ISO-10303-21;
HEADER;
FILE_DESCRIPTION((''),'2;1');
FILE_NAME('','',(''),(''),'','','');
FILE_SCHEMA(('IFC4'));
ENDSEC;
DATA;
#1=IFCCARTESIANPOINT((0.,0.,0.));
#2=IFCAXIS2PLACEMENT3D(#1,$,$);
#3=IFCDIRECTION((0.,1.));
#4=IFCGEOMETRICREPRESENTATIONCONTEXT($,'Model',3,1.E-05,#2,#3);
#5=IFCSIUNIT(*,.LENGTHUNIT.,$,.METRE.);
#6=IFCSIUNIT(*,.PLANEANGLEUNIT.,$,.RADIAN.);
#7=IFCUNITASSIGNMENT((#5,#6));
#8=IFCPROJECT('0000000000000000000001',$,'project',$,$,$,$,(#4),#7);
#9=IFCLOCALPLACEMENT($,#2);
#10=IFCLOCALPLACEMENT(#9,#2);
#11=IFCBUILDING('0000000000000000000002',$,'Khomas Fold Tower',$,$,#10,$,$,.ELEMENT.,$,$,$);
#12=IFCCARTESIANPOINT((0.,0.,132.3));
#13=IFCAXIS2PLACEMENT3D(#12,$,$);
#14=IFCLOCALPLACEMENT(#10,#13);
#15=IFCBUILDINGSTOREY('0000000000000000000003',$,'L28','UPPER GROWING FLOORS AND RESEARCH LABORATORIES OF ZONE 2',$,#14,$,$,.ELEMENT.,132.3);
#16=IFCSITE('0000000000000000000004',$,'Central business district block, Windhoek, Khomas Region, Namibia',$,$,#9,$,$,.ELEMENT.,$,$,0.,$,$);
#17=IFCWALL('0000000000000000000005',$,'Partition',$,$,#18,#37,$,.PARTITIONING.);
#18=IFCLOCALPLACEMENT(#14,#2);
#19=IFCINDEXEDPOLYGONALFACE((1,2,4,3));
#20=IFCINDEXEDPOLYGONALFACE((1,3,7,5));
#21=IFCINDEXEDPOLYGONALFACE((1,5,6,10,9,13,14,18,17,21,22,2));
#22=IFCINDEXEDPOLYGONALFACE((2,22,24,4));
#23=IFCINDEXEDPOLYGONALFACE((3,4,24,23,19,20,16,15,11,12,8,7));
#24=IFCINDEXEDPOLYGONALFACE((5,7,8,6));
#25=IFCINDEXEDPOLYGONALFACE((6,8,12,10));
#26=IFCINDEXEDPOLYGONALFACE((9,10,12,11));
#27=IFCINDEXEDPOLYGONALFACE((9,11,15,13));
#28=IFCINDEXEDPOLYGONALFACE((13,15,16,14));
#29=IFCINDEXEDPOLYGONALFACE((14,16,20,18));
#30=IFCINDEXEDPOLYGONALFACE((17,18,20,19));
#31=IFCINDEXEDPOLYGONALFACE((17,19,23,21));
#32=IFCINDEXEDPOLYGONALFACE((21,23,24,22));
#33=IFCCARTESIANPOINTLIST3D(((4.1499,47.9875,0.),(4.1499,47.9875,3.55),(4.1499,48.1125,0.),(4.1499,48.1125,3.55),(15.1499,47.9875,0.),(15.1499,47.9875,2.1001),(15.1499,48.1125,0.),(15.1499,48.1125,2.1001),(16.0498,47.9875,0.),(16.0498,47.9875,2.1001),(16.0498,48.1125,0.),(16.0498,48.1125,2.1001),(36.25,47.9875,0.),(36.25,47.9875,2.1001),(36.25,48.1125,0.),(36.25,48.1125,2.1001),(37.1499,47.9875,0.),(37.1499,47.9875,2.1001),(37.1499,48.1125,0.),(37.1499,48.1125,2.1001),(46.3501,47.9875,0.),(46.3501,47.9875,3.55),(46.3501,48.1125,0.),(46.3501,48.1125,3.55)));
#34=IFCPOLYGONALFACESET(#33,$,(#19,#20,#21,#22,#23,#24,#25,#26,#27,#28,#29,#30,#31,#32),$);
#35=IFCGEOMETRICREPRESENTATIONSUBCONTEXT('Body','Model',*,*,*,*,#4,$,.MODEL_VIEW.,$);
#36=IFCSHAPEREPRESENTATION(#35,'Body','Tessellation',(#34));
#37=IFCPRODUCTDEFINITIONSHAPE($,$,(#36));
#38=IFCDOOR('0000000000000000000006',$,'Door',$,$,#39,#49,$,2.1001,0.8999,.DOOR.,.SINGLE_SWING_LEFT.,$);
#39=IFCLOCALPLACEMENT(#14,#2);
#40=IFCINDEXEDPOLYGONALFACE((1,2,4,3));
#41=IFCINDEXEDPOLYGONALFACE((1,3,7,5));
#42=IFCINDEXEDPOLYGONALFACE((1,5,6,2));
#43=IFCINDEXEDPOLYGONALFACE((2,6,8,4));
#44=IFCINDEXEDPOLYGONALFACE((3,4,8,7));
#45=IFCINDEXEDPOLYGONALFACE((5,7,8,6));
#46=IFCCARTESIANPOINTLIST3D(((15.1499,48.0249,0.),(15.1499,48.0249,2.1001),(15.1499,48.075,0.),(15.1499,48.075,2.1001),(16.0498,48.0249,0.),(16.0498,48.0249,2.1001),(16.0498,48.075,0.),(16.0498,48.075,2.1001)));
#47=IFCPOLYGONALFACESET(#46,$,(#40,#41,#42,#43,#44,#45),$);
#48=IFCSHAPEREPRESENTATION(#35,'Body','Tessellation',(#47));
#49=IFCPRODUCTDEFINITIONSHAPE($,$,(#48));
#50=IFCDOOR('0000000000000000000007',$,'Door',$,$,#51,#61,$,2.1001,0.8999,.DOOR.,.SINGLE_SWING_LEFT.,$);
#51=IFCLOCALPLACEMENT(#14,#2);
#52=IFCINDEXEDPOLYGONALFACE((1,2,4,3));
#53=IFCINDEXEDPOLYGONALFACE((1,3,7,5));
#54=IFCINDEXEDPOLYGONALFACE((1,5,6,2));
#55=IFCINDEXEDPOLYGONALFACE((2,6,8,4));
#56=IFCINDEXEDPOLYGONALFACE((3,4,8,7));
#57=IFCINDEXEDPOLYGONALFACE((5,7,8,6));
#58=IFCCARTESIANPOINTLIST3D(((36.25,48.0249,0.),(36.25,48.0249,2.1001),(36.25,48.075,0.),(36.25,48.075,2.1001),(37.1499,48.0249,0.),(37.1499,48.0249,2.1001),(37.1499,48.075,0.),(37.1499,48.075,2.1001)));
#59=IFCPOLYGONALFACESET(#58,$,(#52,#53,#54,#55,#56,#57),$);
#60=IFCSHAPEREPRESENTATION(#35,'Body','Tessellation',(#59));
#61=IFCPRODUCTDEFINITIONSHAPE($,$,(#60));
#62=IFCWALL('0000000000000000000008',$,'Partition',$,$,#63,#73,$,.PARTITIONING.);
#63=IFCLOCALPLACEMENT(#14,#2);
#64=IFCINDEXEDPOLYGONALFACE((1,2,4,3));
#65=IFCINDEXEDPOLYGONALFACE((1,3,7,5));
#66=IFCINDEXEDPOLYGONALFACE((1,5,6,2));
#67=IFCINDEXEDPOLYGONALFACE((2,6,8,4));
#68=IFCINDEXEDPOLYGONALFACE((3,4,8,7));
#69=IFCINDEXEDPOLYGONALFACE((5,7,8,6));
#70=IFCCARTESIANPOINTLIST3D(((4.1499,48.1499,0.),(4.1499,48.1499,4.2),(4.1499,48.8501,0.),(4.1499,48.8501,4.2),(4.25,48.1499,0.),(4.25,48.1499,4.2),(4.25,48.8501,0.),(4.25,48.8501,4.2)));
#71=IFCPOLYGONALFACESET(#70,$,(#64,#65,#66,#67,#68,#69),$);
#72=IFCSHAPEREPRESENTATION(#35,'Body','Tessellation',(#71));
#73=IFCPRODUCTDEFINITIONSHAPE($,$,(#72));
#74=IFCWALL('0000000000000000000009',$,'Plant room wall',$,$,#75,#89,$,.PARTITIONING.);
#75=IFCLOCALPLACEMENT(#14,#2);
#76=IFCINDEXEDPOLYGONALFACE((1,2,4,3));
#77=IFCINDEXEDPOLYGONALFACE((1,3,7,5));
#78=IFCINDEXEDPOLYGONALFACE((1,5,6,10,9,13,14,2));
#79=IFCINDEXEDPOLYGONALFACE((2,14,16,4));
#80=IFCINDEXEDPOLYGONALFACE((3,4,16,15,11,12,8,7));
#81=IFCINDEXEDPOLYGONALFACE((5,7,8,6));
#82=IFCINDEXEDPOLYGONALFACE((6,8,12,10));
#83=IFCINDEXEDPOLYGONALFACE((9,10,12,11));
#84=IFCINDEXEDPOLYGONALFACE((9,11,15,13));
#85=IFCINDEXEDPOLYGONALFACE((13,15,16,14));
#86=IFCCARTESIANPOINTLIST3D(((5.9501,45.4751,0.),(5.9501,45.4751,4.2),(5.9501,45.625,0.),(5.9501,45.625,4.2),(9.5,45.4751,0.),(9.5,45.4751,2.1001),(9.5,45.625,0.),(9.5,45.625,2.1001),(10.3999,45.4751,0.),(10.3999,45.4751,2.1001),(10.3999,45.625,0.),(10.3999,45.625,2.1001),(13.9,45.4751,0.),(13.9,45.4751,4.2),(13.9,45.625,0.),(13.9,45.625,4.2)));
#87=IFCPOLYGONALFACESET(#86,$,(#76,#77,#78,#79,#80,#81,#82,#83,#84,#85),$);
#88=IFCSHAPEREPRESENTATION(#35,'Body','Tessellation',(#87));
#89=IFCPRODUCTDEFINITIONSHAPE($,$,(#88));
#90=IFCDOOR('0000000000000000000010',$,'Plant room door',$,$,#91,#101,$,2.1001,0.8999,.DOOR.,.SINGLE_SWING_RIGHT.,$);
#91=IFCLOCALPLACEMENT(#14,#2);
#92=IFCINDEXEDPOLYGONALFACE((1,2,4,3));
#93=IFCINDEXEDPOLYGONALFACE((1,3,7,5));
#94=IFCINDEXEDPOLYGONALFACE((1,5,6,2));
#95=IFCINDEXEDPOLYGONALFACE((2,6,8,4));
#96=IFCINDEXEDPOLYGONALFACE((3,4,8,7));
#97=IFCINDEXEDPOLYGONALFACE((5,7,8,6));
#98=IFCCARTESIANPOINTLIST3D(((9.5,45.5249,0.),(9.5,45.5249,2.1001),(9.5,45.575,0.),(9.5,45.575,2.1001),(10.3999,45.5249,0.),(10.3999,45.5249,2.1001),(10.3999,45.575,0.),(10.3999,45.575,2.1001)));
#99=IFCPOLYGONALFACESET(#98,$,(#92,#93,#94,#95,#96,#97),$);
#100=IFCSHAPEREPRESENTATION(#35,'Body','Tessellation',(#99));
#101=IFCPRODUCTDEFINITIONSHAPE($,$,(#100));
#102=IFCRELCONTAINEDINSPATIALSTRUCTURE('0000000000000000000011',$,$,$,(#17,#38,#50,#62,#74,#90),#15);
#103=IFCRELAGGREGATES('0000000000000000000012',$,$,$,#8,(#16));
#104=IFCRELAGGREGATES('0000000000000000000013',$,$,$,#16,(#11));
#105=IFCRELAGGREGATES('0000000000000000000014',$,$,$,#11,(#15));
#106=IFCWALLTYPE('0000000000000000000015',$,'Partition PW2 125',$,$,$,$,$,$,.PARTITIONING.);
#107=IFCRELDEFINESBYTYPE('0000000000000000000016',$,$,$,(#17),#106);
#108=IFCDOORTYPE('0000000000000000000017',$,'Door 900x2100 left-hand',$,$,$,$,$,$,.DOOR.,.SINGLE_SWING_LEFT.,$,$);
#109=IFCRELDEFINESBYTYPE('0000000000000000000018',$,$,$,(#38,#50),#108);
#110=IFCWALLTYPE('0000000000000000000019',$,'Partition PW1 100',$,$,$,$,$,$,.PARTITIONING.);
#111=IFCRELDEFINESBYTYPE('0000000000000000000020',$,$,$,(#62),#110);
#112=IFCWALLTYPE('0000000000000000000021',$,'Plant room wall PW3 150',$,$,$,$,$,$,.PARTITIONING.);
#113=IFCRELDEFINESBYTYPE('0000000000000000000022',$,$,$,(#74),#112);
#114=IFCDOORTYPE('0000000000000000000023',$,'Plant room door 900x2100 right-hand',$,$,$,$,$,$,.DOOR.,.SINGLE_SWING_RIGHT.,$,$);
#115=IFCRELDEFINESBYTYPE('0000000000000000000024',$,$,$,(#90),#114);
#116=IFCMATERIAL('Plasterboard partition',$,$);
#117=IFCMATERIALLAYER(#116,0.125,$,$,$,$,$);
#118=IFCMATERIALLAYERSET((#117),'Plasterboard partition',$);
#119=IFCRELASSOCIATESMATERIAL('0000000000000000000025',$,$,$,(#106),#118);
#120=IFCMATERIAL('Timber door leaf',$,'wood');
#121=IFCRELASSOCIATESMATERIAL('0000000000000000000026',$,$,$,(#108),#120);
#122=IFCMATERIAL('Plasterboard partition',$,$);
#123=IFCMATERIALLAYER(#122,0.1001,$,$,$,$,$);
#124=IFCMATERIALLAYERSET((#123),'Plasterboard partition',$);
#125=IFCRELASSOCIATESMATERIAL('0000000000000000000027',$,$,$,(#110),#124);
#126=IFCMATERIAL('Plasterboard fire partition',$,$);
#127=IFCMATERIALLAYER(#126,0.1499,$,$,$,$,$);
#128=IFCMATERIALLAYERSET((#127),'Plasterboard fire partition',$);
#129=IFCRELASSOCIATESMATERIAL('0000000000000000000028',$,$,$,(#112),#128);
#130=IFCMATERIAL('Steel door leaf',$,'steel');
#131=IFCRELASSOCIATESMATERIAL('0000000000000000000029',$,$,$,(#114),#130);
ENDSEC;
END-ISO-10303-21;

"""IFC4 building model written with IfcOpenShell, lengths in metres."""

from ifc_helpers import new_model, si_unit, direction, frame, frame_2d, origin, place, context, subcontext, project, spatial, rectangle, extrude, source, transform, mapped, material, layer, layer_set, type_object, element, fill, save


model = new_model("IFC4")

# Units and contexts
model_context = context("Model", 3, precision=1e-05, world=origin(), true_north=direction((0.0, 1.0)))
body_context = subcontext(model_context, "Body", "Model", "MODEL_VIEW")
ifc_project = project(units=[si_unit("LENGTHUNIT", "METRE"), si_unit("PLANEANGLEUNIT", "RADIAN")], contexts=[model_context])

# Site, building, storey
site_placement = place(None, origin())
site = spatial("IfcSite", under=ifc_project, at=site_placement, Name="Central business district block, Windhoek, Khomas Region, Namibia", CompositionType="ELEMENT", RefElevation=0.0)
building_placement = place(site_placement, origin())
building = spatial("IfcBuilding", under=site, at=building_placement, Name="Khomas Fold Tower", CompositionType="ELEMENT")
storey_placement = place(building_placement, frame((0.0, 0.0, 132.3)))
storey = spatial("IfcBuildingStorey", under=building, at=storey_placement, Name="L28", Description="UPPER GROWING FLOORS AND RESEARCH LABORATORIES OF ZONE 2", CompositionType="ELEMENT", Elevation=132.3)

# Wall, openings, doors
ifc_material_1 = material(Name="Plasterboard partition")
ifc_layer_1 = layer(ifc_material_1, 0.125)
ifc_layer_set_1 = layer_set([ifc_layer_1], Name="Plasterboard partition")
wall_type_1 = type_object("IfcWallType", Name="Partition PW2 125", PredefinedType="PARTITIONING", material=ifc_layer_set_1)
shared_shape_1 = source(origin(), body_context, "Body", "SweptSolid", [
    extrude(rectangle(XDim=42.2002, YDim=0.125, at=frame_2d((21.1001, 0.0))), origin(), (0.0, 0.0, 1.0), 3.55),
])
wall_1_placement = place(storey_placement, frame((4.1499, 48.05, 0.0), z_axis=(0.0, 0.0, 1.0), x_axis=(1.0, 0.0, 0.0)))
wall_1 = element("IfcWall", 1, at=wall_1_placement, inside=storey, type_object=wall_type_1, Name="Partition", PredefinedType="PARTITIONING", context=body_context, shape_type="MappedRepresentation", body=[
    mapped(shared_shape_1, transform((0.0, 0.0, 0.0))),
])
shared_shape_2 = source(origin(), body_context, "Body", "SweptSolid", [
    extrude(rectangle(XDim=0.8999, YDim=2.1001, at=frame_2d((0.45, 1.05))), frame((0.0, 0.0725, 0.0), z_axis=(0.0, -1.0, 0.0), x_axis=(1.0, 0.0, 0.0)), (0.0, 0.0, 1.0), 0.145),
])
opening_1_placement = place(wall_1_placement, frame((11.0, 0.0, 0.0)))
opening_1 = element("IfcOpeningElement", 2, at=opening_1_placement, cuts=wall_1, PredefinedType="OPENING", context=body_context, shape_type="MappedRepresentation", body=[
    mapped(shared_shape_2, transform((0.0, 0.0, 0.0))),
])
opening_2_placement = place(wall_1_placement, frame((32.1001, 0.0, 0.0)))
opening_2 = element("IfcOpeningElement", 3, at=opening_2_placement, cuts=wall_1, PredefinedType="OPENING", context=body_context, shape_type="MappedRepresentation", body=[
    mapped(shared_shape_2, transform((0.0, 0.0, 0.0))),
])
ifc_material_2 = material(Name="Timber door leaf", Category="wood")
door_type_1 = type_object("IfcDoorType", Name="Door 900x2100 left-hand", OperationType="SINGLE_SWING_LEFT", PredefinedType="DOOR", material=ifc_material_2)
shared_shape_3 = source(origin(), body_context, "Body", "SweptSolid", [
    extrude(rectangle(XDim=0.8999, YDim=2.1001, at=frame_2d((0.45, 1.05))), frame((0.0, 0.0249, 0.0), z_axis=(0.0, -1.0, 0.0), x_axis=(1.0, 0.0, 0.0)), (0.0, 0.0, 1.0), 0.05),
])
door_1_placement = place(opening_1_placement, origin())
door_1 = element("IfcDoor", 4, at=door_1_placement, inside=storey, type_object=door_type_1, Name="Door", OperationType="SINGLE_SWING_LEFT", OverallHeight=2.1001, OverallWidth=0.8999, PredefinedType="DOOR", context=body_context, shape_type="MappedRepresentation", body=[
    mapped(shared_shape_3, transform((0.0, 0.0, 0.0))),
])
fill(opening_1, door_1)
door_2_placement = place(opening_2_placement, origin())
door_2 = element("IfcDoor", 5, at=door_2_placement, inside=storey, type_object=door_type_1, Name="Door", OperationType="SINGLE_SWING_LEFT", OverallHeight=2.1001, OverallWidth=0.8999, PredefinedType="DOOR", context=body_context, shape_type="MappedRepresentation", body=[
    mapped(shared_shape_3, transform((0.0, 0.0, 0.0))),
])
fill(opening_2, door_2)

# Wall
ifc_material_3 = material(Name="Plasterboard partition")
ifc_layer_2 = layer(ifc_material_3, 0.1001)
ifc_layer_set_2 = layer_set([ifc_layer_2], Name="Plasterboard partition")
wall_type_2 = type_object("IfcWallType", Name="Partition PW1 100", PredefinedType="PARTITIONING", material=ifc_layer_set_2)
shared_shape_4 = source(origin(), body_context, "Body", "SweptSolid", [
    extrude(rectangle(XDim=0.7002, YDim=0.1001, at=frame_2d((0.3501, 0.0))), origin(), (0.0, 0.0, 1.0), 4.2),
])
wall_2_placement = place(storey_placement, frame((4.2, 48.1499, 0.0), z_axis=(0.0, 0.0, 1.0), x_axis=(0.0, 1.0, 0.0)))
element("IfcWall", 6, at=wall_2_placement, inside=storey, type_object=wall_type_2, Name="Partition", PredefinedType="PARTITIONING", context=body_context, shape_type="MappedRepresentation", body=[
    mapped(shared_shape_4, transform((0.0, 0.0, 0.0))),
])

# Wall, opening, door
ifc_material_4 = material(Name="Plasterboard fire partition")
ifc_layer_3 = layer(ifc_material_4, 0.1499)
ifc_layer_set_3 = layer_set([ifc_layer_3], Name="Plasterboard fire partition")
wall_type_3 = type_object("IfcWallType", Name="Plant room wall PW3 150", PredefinedType="PARTITIONING", material=ifc_layer_set_3)
shared_shape_5 = source(origin(), body_context, "Body", "SweptSolid", [
    extrude(rectangle(XDim=7.95, YDim=0.1499, at=frame_2d((3.9751, 0.0))), origin(), (0.0, 0.0, 1.0), 4.2),
])
wall_3_placement = place(storey_placement, frame((5.95, 45.55, 0.0), z_axis=(0.0, 0.0, 1.0), x_axis=(1.0, 0.0, 0.0)))
wall_3 = element("IfcWall", 7, at=wall_3_placement, inside=storey, type_object=wall_type_3, Name="Plant room wall", PredefinedType="PARTITIONING", context=body_context, shape_type="MappedRepresentation", body=[
    mapped(shared_shape_5, transform((0.0, 0.0, 0.0))),
])
shared_shape_6 = source(origin(), body_context, "Body", "SweptSolid", [
    extrude(rectangle(XDim=0.8999, YDim=2.1001, at=frame_2d((0.45, 1.05))), frame((0.0, 0.085, 0.0), z_axis=(0.0, -1.0, 0.0), x_axis=(1.0, 0.0, 0.0)), (0.0, 0.0, 1.0), 0.1699),
])
opening_3_placement = place(wall_3_placement, frame((3.55, 0.0, 0.0)))
opening_3 = element("IfcOpeningElement", 8, at=opening_3_placement, cuts=wall_3, PredefinedType="OPENING", context=body_context, shape_type="MappedRepresentation", body=[
    mapped(shared_shape_6, transform((0.0, 0.0, 0.0))),
])
ifc_material_5 = material(Name="Steel door leaf", Category="steel")
door_type_2 = type_object("IfcDoorType", Name="Plant room door 900x2100 right-hand", OperationType="SINGLE_SWING_RIGHT", PredefinedType="DOOR", material=ifc_material_5)
door_3_placement = place(opening_3_placement, origin())
door_3 = element("IfcDoor", 9, at=door_3_placement, inside=storey, type_object=door_type_2, Name="Plant room door", OperationType="SINGLE_SWING_RIGHT", OverallHeight=2.1001, OverallWidth=0.8999, PredefinedType="DOOR", context=body_context, shape_type="MappedRepresentation", body=[
    mapped(shared_shape_3, transform((0.0, 0.0, 0.0))),
])
fill(opening_3, door_3)

save(model, "model.ifc")
